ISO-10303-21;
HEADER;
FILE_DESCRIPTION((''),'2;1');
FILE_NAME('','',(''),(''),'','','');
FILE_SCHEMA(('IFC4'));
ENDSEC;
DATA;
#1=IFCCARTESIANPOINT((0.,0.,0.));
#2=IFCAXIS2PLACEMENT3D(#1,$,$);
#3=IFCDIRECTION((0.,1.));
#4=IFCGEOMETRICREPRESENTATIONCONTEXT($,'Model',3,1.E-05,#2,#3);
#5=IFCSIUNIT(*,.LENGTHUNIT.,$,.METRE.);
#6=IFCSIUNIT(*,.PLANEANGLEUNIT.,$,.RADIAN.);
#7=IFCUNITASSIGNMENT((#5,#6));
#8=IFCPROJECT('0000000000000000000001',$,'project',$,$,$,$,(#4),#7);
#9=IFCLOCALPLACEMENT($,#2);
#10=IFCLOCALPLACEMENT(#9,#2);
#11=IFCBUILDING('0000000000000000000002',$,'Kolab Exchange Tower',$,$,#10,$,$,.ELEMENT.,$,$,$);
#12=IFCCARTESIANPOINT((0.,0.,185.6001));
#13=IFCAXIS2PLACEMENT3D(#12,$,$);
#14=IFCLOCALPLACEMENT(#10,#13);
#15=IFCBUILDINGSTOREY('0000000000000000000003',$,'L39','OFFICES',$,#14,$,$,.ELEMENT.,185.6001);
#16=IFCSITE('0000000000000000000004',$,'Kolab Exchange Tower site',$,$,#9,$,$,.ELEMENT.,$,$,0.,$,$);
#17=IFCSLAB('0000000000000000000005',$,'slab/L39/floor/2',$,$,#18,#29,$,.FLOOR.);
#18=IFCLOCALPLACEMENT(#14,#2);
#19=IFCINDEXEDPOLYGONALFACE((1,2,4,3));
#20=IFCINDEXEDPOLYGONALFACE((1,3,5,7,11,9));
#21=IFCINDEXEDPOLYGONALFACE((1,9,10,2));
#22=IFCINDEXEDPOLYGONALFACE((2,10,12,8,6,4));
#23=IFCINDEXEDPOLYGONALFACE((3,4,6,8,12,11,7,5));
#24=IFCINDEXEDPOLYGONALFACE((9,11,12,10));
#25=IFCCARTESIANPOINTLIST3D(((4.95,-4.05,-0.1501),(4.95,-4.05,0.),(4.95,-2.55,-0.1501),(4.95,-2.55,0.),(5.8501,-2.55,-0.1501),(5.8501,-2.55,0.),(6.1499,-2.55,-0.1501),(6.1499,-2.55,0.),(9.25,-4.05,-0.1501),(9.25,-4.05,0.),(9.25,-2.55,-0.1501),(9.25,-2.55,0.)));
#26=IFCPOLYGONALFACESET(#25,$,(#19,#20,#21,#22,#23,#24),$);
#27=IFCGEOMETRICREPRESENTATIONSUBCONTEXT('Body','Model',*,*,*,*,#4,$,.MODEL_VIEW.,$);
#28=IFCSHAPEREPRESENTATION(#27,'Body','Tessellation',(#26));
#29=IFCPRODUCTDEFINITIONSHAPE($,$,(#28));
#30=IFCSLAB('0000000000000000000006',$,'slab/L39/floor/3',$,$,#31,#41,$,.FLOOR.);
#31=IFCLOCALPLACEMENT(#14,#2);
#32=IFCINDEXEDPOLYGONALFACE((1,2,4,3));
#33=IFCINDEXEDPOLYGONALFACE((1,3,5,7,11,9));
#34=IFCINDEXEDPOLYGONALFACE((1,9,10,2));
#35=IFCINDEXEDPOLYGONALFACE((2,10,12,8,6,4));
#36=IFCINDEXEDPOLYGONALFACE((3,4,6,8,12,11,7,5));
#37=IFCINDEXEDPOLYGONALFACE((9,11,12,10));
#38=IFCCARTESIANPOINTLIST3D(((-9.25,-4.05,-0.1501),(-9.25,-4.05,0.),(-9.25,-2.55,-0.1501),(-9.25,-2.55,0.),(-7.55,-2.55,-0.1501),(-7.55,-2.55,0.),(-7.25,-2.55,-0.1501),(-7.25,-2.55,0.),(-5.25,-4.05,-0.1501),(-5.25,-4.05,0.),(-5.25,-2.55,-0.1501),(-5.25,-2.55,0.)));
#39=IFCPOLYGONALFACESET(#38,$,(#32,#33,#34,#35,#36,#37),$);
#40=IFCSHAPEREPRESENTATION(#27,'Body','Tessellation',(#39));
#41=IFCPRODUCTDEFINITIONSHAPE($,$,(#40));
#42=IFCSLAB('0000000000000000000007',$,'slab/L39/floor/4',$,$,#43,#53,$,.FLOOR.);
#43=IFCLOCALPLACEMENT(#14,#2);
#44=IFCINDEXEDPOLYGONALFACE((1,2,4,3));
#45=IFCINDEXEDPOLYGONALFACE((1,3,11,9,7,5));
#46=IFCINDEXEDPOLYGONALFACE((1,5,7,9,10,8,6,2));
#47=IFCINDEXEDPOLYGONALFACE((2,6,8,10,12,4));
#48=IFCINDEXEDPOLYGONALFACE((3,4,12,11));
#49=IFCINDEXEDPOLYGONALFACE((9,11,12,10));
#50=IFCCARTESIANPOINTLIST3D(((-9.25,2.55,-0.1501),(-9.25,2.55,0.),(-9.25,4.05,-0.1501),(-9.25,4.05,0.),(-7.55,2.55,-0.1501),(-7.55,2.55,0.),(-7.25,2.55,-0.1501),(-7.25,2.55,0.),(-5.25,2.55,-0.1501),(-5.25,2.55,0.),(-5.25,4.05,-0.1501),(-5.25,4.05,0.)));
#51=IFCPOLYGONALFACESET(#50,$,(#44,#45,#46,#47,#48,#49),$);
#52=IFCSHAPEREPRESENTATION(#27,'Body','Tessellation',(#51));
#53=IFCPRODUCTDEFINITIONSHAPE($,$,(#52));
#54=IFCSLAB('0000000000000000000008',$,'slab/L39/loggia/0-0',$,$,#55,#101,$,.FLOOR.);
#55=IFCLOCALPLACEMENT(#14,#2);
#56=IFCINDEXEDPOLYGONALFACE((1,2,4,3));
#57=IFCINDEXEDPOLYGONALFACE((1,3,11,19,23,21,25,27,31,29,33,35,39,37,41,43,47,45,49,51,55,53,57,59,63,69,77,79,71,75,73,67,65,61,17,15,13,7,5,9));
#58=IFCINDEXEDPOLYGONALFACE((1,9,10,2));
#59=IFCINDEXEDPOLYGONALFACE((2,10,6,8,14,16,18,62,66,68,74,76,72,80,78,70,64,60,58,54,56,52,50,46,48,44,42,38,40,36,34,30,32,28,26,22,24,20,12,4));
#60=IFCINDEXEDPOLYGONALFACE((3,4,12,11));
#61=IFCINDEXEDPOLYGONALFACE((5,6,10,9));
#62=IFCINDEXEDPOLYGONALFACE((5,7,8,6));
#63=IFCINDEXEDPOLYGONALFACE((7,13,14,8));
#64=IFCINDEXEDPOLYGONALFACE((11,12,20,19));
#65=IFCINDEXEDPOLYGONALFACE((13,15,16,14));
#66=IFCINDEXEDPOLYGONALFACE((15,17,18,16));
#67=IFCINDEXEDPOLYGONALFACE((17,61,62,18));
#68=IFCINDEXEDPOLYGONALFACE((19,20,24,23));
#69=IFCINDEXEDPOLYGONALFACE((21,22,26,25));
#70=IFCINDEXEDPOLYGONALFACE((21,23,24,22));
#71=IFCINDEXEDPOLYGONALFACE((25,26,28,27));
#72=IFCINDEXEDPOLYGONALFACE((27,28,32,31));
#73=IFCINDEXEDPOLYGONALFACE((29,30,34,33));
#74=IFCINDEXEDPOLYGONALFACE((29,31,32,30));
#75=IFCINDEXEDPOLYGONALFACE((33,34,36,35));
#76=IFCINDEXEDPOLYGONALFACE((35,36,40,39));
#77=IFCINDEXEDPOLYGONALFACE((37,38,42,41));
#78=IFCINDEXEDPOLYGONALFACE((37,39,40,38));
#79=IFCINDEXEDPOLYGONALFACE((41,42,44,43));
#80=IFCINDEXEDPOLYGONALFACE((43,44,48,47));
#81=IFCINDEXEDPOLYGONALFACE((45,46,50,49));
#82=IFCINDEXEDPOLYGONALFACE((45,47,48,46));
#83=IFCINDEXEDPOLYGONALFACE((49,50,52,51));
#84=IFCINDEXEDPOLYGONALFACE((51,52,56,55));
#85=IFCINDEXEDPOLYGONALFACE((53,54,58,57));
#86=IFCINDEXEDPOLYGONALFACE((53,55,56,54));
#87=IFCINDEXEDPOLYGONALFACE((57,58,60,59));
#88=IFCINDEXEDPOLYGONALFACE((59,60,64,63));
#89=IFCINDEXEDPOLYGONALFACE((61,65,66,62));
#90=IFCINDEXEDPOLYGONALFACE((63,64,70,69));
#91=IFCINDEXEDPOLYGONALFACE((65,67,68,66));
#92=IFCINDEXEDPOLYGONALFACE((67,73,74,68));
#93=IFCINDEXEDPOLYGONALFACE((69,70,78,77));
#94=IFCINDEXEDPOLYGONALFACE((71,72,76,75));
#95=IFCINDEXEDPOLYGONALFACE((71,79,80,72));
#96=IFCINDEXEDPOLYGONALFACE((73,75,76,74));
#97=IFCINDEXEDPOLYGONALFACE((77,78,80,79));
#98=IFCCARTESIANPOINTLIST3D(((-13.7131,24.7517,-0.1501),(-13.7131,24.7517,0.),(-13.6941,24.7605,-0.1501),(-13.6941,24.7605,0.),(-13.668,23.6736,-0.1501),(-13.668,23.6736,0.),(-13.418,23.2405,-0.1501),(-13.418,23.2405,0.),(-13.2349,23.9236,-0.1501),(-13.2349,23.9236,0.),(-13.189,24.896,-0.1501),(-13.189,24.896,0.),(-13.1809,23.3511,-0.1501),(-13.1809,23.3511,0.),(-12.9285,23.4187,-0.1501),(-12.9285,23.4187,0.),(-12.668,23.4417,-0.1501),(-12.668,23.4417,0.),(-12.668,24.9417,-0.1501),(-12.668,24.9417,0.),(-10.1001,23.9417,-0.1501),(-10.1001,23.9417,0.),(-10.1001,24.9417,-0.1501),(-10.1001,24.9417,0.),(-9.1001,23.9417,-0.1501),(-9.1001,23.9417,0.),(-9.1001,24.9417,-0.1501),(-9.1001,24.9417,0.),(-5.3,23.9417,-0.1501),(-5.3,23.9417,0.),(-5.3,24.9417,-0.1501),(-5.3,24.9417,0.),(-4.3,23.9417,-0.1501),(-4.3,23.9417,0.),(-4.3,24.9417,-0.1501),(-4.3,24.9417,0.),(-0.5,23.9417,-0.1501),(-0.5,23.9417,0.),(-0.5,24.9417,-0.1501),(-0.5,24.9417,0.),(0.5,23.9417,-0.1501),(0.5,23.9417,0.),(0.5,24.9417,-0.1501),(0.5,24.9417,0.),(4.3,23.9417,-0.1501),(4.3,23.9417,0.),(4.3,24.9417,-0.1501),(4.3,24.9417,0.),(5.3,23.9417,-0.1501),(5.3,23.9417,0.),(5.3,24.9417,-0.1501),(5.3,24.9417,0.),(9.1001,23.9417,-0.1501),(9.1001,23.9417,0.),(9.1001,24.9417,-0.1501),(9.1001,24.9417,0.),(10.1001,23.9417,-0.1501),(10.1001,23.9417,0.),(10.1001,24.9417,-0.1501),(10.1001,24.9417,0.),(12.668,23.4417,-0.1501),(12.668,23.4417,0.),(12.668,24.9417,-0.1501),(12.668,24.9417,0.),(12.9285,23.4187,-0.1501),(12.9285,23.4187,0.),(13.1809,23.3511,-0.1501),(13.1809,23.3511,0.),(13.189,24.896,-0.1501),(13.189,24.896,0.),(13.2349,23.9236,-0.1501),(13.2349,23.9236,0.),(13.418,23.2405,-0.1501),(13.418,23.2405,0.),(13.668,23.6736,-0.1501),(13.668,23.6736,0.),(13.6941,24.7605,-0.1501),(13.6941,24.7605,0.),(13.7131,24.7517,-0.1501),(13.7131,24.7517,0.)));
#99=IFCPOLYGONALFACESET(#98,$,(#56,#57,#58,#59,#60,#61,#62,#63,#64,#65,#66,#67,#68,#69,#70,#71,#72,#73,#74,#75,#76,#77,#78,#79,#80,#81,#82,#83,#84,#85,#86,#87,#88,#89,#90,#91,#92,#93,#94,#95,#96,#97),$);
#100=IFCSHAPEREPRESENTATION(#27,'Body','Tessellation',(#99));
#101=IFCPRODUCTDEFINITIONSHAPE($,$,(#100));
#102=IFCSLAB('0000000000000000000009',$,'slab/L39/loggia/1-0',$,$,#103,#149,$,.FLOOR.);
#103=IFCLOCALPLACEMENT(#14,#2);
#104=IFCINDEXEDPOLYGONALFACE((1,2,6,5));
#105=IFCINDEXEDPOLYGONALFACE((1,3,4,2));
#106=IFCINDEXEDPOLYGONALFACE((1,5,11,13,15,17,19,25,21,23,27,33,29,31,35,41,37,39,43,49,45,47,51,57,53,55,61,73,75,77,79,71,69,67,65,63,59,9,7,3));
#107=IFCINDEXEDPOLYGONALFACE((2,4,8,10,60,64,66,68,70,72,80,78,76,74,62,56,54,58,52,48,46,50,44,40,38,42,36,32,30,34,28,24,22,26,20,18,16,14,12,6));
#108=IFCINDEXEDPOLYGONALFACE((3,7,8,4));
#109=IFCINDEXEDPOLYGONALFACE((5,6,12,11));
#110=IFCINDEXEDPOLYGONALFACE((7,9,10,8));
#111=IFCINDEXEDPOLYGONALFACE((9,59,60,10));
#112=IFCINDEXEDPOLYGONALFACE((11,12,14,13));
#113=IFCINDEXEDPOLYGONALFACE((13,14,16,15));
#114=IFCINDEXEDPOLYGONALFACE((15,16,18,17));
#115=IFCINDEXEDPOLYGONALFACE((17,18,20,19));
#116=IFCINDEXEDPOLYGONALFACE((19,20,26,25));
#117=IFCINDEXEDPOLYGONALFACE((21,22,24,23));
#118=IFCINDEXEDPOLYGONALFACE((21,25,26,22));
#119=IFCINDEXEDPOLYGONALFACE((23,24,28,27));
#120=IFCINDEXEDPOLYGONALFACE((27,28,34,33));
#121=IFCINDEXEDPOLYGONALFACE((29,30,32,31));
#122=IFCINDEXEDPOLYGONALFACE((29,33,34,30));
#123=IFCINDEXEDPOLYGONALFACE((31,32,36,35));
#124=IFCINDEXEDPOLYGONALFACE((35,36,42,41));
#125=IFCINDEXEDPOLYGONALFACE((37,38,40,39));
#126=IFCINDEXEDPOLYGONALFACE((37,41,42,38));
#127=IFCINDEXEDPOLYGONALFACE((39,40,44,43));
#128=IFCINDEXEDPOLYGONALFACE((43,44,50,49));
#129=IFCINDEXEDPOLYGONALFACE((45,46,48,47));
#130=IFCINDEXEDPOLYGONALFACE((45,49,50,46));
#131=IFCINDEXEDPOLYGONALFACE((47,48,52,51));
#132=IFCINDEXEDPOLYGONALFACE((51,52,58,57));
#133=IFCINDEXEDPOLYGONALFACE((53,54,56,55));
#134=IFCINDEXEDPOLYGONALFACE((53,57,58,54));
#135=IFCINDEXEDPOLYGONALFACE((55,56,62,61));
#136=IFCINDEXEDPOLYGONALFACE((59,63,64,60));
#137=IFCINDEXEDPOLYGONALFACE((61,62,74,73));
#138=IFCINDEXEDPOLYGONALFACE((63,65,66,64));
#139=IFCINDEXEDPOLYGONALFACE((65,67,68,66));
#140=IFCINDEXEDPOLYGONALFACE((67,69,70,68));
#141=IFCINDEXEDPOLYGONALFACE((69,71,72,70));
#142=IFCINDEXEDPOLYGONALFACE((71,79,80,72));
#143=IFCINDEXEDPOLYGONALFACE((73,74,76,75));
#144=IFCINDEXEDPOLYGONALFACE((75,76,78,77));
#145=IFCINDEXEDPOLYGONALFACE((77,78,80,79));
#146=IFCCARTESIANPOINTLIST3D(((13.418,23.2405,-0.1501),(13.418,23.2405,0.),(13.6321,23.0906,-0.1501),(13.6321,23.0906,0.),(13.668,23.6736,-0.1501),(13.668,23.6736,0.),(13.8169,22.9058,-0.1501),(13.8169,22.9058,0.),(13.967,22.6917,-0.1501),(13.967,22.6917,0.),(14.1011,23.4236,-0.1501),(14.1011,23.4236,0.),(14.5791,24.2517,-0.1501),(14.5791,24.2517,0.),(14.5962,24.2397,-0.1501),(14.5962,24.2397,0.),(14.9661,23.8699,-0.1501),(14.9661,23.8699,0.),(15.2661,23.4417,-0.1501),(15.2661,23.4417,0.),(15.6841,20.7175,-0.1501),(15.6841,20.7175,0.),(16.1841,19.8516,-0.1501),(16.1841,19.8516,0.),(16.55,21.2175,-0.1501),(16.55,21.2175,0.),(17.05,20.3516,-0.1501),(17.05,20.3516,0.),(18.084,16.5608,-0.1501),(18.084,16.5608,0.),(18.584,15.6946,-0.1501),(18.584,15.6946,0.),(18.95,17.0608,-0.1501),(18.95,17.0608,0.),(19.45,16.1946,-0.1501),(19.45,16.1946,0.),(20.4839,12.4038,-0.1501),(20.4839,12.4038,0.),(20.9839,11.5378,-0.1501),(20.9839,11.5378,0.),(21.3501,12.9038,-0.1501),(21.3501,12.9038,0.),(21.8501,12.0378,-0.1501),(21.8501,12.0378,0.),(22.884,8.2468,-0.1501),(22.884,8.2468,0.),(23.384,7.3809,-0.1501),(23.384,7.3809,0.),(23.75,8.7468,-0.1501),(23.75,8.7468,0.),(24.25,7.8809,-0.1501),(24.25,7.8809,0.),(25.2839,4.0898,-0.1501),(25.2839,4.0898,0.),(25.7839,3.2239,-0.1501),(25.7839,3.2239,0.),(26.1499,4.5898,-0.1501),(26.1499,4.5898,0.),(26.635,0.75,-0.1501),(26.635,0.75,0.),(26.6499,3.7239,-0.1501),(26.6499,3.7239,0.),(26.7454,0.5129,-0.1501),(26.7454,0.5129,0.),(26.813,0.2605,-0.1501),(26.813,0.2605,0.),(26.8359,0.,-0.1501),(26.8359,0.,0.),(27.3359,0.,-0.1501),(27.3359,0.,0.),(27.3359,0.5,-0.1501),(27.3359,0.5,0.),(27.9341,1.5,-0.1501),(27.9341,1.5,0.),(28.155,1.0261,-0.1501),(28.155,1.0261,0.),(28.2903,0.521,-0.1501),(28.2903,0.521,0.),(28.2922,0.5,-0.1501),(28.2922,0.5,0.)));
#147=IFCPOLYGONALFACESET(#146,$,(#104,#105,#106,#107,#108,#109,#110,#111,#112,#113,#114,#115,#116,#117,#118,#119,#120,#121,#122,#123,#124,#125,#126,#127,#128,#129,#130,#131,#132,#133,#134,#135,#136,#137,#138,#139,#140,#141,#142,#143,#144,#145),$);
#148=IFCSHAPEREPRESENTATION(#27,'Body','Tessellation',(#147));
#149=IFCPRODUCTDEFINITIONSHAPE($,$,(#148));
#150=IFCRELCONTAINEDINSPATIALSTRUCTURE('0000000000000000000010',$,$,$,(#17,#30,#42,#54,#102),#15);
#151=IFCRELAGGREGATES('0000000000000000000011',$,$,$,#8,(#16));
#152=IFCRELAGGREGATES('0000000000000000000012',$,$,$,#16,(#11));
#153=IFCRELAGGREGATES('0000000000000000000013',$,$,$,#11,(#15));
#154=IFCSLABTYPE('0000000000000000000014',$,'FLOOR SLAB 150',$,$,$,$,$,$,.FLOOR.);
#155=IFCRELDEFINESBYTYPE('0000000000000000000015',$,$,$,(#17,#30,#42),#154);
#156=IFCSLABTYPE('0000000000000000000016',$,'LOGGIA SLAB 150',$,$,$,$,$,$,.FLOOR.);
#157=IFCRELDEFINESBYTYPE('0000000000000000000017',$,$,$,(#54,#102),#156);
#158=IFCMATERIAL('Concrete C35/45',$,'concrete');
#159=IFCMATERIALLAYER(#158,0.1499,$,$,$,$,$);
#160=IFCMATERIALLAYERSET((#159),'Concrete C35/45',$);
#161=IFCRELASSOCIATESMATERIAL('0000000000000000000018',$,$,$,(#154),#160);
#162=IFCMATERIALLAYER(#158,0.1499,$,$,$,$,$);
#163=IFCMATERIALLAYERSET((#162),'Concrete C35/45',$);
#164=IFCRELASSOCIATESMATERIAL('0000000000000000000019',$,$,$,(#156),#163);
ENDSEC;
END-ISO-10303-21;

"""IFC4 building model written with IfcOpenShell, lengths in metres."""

from ifc_helpers import new_model, si_unit, direction, frame, origin, place, context, subcontext, project, spatial, polyline, outline, extrude, material, layer, layer_set, type_object, element, save


model = new_model("IFC4")

# Units and contexts
model_context = context("Model", 3, precision=1e-05, world=origin(), true_north=direction((0.0, 1.0)))
body_context = subcontext(model_context, "Body", "Model", "MODEL_VIEW")
ifc_project = project(units=[si_unit("LENGTHUNIT", "METRE"), si_unit("PLANEANGLEUNIT", "RADIAN")], contexts=[model_context])

# Site, building, storey
site_placement = place(None, origin())
site = spatial("IfcSite", under=ifc_project, at=site_placement, Name="Kolab Exchange Tower site", CompositionType="ELEMENT", RefElevation=0.0)
building_placement = place(site_placement, origin())
building = spatial("IfcBuilding", under=site, at=building_placement, Name="Kolab Exchange Tower", CompositionType="ELEMENT")
storey_placement = place(building_placement, frame((0.0, 0.0, 185.6001)))
storey = spatial("IfcBuildingStorey", under=building, at=storey_placement, Name="L39", Description="OFFICES", CompositionType="ELEMENT", Elevation=185.6001)

# Slabs
ifc_material_1 = material(Name="Concrete C35/45", Category="concrete")
ifc_layer_1 = layer(ifc_material_1, 0.1499)
ifc_layer_set_1 = layer_set([ifc_layer_1], Name="Concrete C35/45")
slab_type_1 = type_object("IfcSlabType", Name="FLOOR SLAB 150", PredefinedType="FLOOR", material=ifc_layer_set_1)
slab_1_placement = place(storey_placement, frame((0.0, 0.0, -0.1501)))
element("IfcSlab", 1, at=slab_1_placement, inside=storey, type_object=slab_type_1, Name="slab/L39/floor/2", PredefinedType="FLOOR", context=body_context, shape_type="SweptSolid", body=[
    extrude(outline(polyline([(4.95, -4.05), (9.25, -4.05), (9.25, -2.55), (6.1499, -2.55), (5.8501, -2.55), (4.95, -2.55), (4.95, -4.05)])), origin(), (0.0, 0.0, 1.0), 0.1501),
])
slab_2_placement = place(storey_placement, frame((0.0, 0.0, -0.1501)))
element("IfcSlab", 2, at=slab_2_placement, inside=storey, type_object=slab_type_1, Name="slab/L39/floor/3", PredefinedType="FLOOR", context=body_context, shape_type="SweptSolid", body=[
    extrude(outline(polyline([(-7.55, -2.55), (-9.25, -2.55), (-9.25, -4.05), (-5.25, -4.05), (-5.25, -2.55), (-7.25, -2.55), (-7.55, -2.55)])), origin(), (0.0, 0.0, 1.0), 0.1501),
])
slab_3_placement = place(storey_placement, frame((0.0, 0.0, -0.1501)))
element("IfcSlab", 3, at=slab_3_placement, inside=storey, type_object=slab_type_1, Name="slab/L39/floor/4", PredefinedType="FLOOR", context=body_context, shape_type="SweptSolid", body=[
    extrude(outline(polyline([(-9.25, 2.55), (-7.55, 2.55), (-7.25, 2.55), (-5.25, 2.55), (-5.25, 4.05), (-9.25, 4.05), (-9.25, 2.55)])), origin(), (0.0, 0.0, 1.0), 0.1501),
])
ifc_layer_2 = layer(ifc_material_1, 0.1499)
ifc_layer_set_2 = layer_set([ifc_layer_2], Name="Concrete C35/45")
slab_type_2 = type_object("IfcSlabType", Name="LOGGIA SLAB 150", PredefinedType="FLOOR", material=ifc_layer_set_2)
slab_4_placement = place(storey_placement, frame((0.0, 0.0, -0.1501)))
element("IfcSlab", 4, at=slab_4_placement, inside=storey, type_object=slab_type_2, Name="slab/L39/loggia/0-0", PredefinedType="FLOOR", context=body_context, shape_type="SweptSolid", body=[
    extrude(outline(polyline([(13.418, 23.2405), (13.668, 23.6736), (13.2349, 23.9236), (13.7131, 24.7517), (13.6941, 24.7605), (13.189, 24.896), (12.668, 24.9417), (10.1001, 24.9417), (10.1001, 23.9417), (9.1001, 23.9417), (9.1001, 24.9417), (5.3, 24.9417), (5.3, 23.9417), (4.3, 23.9417), (4.3, 24.9417), (0.5, 24.9417), (0.5, 23.9417), (-0.5, 23.9417), (-0.5, 24.9417), (-4.3, 24.9417), (-4.3, 23.9417), (-5.3, 23.9417), (-5.3, 24.9417), (-9.1001, 24.9417), (-9.1001, 23.9417), (-10.1001, 23.9417), (-10.1001, 24.9417), (-12.668, 24.9417), (-13.189, 24.896), (-13.6941, 24.7605), (-13.7131, 24.7517), (-13.2349, 23.9236), (-13.668, 23.6736), (-13.418, 23.2405), (-13.1809, 23.3511), (-12.9285, 23.4187), (-12.668, 23.4417), (12.668, 23.4417), (12.9285, 23.4187), (13.1809, 23.3511), (13.418, 23.2405)])), origin(), (0.0, 0.0, 1.0), 0.1501),
])
slab_5_placement = place(storey_placement, frame((0.0, 0.0, -0.1501)))
element("IfcSlab", 5, at=slab_5_placement, inside=storey, type_object=slab_type_2, Name="slab/L39/loggia/1-0", PredefinedType="FLOOR", context=body_context, shape_type="SweptSolid", body=[
    extrude(outline(polyline([(26.8359, 0.0), (27.3359, 0.0), (27.3359, 0.5), (28.2922, 0.5), (28.2903, 0.521), (28.155, 1.0261), (27.9341, 1.5), (26.6499, 3.7239), (25.7839, 3.2239), (25.2839, 4.0898), (26.1499, 4.5898), (24.25, 7.8809), (23.384, 7.3809), (22.884, 8.2468), (23.75, 8.7468), (21.8501, 12.0378), (20.9839, 11.5378), (20.4839, 12.4038), (21.3501, 12.9038), (19.45, 16.1946), (18.584, 15.6946), (18.084, 16.5608), (18.95, 17.0608), (17.05, 20.3516), (16.1841, 19.8516), (15.6841, 20.7175), (16.55, 21.2175), (15.2661, 23.4417), (14.9661, 23.8699), (14.5962, 24.2397), (14.5791, 24.2517), (14.1011, 23.4236), (13.668, 23.6736), (13.418, 23.2405), (13.6321, 23.0906), (13.8169, 22.9058), (13.967, 22.6917), (26.635, 0.75), (26.7454, 0.5129), (26.813, 0.2605), (26.8359, 0.0)])), origin(), (0.0, 0.0, 1.0), 0.1501),
])

save(model, "model.ifc")
